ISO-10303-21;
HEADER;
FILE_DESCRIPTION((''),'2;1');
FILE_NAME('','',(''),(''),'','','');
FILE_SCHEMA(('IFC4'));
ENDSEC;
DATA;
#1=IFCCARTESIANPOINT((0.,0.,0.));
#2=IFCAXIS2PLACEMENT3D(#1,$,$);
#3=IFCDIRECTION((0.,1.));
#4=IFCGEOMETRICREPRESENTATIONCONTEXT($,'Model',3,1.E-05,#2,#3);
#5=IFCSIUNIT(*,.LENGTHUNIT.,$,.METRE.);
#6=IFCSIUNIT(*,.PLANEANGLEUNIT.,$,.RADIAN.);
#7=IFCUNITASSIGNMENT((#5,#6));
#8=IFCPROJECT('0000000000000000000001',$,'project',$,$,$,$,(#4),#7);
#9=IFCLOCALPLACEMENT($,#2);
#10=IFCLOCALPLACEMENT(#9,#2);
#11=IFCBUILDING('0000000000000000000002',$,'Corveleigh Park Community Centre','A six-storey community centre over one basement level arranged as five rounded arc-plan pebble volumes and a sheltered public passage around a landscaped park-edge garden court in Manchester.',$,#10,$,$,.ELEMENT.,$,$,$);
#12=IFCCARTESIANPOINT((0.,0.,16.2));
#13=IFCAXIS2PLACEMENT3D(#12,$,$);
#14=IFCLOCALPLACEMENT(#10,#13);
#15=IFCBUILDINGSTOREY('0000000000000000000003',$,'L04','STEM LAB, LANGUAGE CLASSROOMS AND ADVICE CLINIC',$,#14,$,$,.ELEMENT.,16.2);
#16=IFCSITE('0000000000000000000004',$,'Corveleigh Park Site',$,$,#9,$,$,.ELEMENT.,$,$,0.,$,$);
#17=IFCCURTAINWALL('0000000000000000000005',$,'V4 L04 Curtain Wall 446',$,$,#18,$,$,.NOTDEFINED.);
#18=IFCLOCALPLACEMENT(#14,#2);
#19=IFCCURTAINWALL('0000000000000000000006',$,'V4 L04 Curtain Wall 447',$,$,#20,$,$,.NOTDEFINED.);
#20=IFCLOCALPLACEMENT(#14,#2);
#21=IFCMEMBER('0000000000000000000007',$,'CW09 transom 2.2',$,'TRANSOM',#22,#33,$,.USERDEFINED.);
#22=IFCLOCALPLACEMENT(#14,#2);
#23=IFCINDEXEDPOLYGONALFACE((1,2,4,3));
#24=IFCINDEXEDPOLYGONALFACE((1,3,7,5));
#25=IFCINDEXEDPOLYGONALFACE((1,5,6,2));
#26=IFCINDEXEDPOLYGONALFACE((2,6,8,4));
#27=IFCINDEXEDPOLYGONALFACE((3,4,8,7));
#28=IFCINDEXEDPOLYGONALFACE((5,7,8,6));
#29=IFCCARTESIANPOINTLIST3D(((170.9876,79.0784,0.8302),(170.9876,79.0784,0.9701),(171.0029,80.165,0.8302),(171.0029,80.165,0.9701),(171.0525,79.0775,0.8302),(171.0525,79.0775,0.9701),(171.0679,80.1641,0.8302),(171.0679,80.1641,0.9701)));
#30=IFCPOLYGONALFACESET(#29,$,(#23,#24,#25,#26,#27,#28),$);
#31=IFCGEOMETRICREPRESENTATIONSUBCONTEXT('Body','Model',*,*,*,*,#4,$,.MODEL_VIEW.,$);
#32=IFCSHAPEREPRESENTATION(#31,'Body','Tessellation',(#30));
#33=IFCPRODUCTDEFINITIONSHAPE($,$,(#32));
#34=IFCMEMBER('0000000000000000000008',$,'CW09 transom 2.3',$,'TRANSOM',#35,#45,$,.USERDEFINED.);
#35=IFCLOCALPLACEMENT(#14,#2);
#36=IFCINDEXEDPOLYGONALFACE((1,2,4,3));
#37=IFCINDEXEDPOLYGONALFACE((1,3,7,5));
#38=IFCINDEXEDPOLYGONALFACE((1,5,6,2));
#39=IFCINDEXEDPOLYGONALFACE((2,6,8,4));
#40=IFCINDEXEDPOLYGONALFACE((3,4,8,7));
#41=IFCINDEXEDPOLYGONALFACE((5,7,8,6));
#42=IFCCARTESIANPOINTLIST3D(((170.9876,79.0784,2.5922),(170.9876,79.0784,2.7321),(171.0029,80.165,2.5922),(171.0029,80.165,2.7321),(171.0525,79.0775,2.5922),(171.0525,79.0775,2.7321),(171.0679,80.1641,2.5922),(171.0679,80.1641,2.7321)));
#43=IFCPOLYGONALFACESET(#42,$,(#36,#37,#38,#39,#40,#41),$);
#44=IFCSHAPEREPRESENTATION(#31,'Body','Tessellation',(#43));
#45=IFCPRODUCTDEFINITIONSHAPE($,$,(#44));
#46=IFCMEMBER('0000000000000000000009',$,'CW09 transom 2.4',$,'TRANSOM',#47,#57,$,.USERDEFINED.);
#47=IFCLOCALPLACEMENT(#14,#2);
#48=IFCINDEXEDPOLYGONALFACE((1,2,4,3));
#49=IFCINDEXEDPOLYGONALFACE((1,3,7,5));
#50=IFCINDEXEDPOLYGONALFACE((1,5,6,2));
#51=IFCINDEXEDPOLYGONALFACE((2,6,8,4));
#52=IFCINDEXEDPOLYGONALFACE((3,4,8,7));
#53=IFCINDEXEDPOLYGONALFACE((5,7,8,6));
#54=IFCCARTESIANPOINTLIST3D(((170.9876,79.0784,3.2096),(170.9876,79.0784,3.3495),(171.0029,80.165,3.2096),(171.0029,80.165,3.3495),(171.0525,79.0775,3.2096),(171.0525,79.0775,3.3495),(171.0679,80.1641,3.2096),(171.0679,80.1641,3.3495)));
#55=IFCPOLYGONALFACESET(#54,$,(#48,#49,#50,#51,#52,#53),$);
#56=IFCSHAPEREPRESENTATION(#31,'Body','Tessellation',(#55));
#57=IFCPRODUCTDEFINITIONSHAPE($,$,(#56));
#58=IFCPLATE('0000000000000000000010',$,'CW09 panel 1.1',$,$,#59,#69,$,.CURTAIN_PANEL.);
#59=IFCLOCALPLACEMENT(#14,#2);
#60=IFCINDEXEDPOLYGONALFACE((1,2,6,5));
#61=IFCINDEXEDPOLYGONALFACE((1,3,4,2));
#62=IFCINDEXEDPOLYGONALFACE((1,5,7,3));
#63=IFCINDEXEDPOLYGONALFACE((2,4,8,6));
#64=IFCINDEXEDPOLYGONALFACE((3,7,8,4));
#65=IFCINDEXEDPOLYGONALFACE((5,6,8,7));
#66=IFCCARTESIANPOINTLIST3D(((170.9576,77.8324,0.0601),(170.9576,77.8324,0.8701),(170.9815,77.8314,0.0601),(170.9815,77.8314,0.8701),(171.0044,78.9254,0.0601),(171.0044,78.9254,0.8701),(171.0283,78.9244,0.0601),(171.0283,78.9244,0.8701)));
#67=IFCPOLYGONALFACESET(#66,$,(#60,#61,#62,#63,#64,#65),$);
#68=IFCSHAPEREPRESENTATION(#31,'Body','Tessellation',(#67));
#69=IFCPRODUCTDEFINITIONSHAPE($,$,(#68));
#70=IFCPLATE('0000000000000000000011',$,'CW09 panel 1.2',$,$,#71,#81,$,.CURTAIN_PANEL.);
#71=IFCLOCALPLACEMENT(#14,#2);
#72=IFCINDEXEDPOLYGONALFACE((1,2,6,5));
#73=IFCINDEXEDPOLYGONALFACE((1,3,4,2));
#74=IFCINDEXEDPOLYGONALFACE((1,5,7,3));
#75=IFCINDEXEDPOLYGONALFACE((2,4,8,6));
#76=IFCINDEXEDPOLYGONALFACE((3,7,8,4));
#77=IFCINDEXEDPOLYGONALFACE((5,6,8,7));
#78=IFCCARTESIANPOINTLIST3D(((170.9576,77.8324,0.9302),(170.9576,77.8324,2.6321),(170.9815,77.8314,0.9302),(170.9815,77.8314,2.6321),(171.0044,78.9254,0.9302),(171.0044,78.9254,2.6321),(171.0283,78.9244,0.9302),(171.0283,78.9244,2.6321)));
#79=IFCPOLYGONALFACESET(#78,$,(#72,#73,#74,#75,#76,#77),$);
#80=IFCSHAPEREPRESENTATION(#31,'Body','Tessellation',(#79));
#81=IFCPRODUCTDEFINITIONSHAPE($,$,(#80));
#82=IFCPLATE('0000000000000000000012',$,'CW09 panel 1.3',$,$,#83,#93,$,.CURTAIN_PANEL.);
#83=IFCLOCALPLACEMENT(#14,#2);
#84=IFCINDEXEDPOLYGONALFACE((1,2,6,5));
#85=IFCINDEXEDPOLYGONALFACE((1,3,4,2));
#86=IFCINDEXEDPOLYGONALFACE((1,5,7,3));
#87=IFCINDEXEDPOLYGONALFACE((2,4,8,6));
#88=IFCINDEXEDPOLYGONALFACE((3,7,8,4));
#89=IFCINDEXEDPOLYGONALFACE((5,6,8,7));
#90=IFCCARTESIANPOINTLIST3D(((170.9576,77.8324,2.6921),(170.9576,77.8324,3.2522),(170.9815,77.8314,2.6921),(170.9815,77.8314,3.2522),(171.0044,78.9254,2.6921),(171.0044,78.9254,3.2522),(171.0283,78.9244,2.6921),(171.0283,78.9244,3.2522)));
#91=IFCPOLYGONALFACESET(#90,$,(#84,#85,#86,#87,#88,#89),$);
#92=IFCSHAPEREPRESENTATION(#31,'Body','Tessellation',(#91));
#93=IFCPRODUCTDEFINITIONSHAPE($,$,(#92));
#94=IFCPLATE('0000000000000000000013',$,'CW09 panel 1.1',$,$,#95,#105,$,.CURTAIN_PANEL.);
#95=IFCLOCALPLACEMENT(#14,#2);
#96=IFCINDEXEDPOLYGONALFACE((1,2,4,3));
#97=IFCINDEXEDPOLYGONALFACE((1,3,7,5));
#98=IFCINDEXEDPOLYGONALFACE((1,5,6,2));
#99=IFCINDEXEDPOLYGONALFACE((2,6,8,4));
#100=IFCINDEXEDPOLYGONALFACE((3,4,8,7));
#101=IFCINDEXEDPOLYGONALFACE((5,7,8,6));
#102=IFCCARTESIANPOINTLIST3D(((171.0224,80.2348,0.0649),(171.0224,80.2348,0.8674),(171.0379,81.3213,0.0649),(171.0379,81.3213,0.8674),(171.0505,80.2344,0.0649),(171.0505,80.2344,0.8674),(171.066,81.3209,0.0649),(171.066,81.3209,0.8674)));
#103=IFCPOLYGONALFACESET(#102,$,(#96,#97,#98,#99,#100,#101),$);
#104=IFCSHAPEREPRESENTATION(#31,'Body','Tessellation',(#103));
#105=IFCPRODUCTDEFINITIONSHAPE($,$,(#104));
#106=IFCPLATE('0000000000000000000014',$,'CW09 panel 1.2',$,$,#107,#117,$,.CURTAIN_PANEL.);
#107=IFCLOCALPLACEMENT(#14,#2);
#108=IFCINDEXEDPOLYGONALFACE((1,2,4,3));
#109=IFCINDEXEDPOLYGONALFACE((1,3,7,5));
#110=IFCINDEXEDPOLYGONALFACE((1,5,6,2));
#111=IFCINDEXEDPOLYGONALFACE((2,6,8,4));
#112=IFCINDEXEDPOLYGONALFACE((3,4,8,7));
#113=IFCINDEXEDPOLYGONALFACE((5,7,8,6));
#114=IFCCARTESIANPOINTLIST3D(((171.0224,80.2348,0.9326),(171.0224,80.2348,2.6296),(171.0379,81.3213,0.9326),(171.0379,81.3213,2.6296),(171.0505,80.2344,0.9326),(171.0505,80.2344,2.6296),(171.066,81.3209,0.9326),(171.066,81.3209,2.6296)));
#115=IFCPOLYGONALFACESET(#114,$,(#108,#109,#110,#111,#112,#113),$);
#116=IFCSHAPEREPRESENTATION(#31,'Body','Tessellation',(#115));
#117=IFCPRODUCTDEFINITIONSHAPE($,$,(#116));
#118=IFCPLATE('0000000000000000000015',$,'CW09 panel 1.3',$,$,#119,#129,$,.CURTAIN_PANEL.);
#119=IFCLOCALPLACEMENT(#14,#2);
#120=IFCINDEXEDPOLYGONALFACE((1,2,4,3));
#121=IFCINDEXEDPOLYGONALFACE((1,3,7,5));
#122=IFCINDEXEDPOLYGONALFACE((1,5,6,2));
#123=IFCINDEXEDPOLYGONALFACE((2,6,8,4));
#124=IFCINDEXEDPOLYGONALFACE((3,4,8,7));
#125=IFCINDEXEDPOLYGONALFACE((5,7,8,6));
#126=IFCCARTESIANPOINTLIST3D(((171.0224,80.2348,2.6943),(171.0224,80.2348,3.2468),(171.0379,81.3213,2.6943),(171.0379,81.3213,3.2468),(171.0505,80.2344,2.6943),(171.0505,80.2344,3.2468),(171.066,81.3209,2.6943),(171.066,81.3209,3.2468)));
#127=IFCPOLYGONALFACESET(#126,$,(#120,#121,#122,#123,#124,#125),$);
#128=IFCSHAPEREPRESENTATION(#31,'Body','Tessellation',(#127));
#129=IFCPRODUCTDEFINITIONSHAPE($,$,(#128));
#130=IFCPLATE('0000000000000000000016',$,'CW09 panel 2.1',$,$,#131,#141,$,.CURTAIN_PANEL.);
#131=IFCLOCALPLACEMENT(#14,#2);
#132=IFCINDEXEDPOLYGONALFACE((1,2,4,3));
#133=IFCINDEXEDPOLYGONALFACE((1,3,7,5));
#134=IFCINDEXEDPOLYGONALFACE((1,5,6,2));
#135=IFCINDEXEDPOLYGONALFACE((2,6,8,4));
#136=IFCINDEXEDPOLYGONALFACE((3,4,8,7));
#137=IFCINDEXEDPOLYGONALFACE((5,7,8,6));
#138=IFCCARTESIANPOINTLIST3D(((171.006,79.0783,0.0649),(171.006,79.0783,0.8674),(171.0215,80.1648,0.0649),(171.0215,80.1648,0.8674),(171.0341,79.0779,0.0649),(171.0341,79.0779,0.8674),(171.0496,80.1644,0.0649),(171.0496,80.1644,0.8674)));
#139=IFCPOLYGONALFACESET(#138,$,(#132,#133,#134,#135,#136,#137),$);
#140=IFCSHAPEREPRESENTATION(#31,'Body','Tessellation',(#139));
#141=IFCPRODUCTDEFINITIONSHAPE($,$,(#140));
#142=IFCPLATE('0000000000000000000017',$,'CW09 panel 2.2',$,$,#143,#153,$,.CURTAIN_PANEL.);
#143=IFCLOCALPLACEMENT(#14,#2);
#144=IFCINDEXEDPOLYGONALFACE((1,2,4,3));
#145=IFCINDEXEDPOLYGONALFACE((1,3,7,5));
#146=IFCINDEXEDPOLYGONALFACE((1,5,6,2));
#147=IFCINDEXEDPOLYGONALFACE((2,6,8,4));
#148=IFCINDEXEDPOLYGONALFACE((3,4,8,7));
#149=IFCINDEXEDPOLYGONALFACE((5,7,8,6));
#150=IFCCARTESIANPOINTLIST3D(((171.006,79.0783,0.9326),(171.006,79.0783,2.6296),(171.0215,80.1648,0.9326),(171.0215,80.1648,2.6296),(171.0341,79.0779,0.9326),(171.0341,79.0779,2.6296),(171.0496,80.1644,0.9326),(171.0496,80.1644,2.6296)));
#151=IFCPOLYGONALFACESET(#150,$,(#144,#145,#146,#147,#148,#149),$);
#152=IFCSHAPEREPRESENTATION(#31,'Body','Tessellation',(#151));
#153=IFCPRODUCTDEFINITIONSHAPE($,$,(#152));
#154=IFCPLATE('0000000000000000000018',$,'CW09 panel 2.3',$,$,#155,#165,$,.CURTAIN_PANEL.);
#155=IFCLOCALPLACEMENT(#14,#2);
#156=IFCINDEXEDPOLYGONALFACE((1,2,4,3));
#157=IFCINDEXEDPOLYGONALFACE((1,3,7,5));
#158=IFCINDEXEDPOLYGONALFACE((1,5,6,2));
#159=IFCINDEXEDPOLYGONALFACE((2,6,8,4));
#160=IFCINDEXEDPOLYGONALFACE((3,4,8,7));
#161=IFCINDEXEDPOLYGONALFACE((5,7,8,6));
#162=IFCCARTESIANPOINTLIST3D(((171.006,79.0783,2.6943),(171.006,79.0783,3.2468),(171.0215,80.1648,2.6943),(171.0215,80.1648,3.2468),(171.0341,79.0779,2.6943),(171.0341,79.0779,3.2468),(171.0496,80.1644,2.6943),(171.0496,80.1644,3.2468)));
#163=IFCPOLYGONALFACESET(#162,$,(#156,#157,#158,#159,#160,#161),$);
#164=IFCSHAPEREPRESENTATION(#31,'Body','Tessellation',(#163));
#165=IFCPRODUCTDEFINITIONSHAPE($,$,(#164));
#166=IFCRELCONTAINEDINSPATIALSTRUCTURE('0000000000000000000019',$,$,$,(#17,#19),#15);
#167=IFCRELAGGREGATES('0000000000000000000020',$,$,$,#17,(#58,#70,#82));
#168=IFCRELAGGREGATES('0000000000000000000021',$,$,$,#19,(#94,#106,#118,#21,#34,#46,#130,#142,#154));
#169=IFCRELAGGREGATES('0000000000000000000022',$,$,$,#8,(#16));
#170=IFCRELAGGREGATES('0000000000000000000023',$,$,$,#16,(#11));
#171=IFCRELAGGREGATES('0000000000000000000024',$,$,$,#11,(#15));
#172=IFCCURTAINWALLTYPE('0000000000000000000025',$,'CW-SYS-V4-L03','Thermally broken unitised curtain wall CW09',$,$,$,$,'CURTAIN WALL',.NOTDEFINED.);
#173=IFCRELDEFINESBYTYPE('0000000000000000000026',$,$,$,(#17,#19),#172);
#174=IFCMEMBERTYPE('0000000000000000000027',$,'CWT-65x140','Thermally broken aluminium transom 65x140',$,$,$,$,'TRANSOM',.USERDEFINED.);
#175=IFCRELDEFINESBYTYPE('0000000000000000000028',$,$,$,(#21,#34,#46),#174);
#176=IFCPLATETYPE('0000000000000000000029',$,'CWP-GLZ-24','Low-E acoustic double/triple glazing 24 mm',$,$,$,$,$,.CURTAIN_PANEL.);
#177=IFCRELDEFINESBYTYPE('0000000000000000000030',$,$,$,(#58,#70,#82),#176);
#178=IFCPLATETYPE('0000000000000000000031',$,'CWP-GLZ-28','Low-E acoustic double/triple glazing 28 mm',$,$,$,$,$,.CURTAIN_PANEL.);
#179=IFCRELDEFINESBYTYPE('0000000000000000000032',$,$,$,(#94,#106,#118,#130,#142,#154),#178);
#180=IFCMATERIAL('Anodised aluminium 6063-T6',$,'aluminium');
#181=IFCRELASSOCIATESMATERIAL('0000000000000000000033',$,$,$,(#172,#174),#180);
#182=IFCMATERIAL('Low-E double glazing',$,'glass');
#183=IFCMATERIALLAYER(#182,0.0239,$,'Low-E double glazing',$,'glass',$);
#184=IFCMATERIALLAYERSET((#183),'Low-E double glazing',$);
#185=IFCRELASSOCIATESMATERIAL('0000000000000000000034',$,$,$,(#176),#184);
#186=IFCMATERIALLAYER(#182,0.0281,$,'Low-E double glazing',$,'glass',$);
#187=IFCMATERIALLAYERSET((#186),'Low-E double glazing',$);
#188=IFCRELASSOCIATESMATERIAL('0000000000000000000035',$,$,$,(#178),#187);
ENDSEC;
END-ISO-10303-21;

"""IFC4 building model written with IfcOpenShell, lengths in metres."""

from ifc_helpers import new_model, si_unit, direction, frame, origin, origin_2d, place, context, subcontext, project, spatial, rectangle, extrude, material, layer, layer_set, material_profile, profile_set, type_object, element, aggregate, save


model = new_model("IFC4")

# Units and contexts
model_context = context("Model", 3, precision=1e-05, world=origin(), true_north=direction((0.0, 1.0)))
body_context = subcontext(model_context, "Body", "Model", "MODEL_VIEW")
ifc_project = project(units=[si_unit("LENGTHUNIT", "METRE"), si_unit("PLANEANGLEUNIT", "RADIAN")], contexts=[model_context])

# Site, building, storey
site_placement = place(None, origin())
site = spatial("IfcSite", under=ifc_project, at=site_placement, Name="Corveleigh Park Site", CompositionType="ELEMENT", RefElevation=0.0)
building_placement = place(site_placement, origin())
building = spatial("IfcBuilding", under=site, at=building_placement, Name="Corveleigh Park Community Centre", Description="A six-storey community centre over one basement level arranged as five rounded arc-plan pebble volumes and a sheltered public passage around a landscaped park-edge garden court in Manchester.", CompositionType="ELEMENT")
storey_placement = place(building_placement, frame((0.0, 0.0, 16.2)))
storey = spatial("IfcBuildingStorey", under=building, at=storey_placement, Name="L04", Description="STEM LAB, LANGUAGE CLASSROOMS AND ADVICE CLINIC", CompositionType="ELEMENT", Elevation=16.2)

# Curtain walls
ifc_material_1 = material(Name="Anodised aluminium 6063-T6", Category="aluminium")
curtain_wall_type = type_object("IfcCurtainWallType", Name="CW-SYS-V4-L03", Description="Thermally broken unitised curtain wall CW09", ElementType="CURTAIN WALL", PredefinedType="NOTDEFINED", material=ifc_material_1)
curtain_wall_1_placement = place(storey_placement, origin())
curtain_wall_1 = element("IfcCurtainWall", 1, at=curtain_wall_1_placement, inside=storey, type_object=curtain_wall_type, Name="V4 L04 Curtain Wall 446", PredefinedType="NOTDEFINED")
curtain_wall_2_placement = place(storey_placement, origin())
curtain_wall_2 = element("IfcCurtainWall", 2, at=curtain_wall_2_placement, inside=storey, type_object=curtain_wall_type, Name="V4 L04 Curtain Wall 447", PredefinedType="NOTDEFINED")

# Members
ifc_material_profile_1 = material_profile(ifc_material_1, rectangle(XDim=0.0649, YDim=0.1399, at=origin_2d()), Name="ALU-T65x140", Category="aluminium")
ifc_profile_set_1 = profile_set([ifc_material_profile_1], Name="Anodised aluminium 6063-T6")
member_type_1 = type_object("IfcMemberType", Name="CWT-65x140", Description="Thermally broken aluminium transom 65x140", ElementType="TRANSOM", PredefinedType="USERDEFINED", material=ifc_profile_set_1)
member_1_placement = place(storey_placement, frame((171.0354, 80.1646, 0.9001), z_axis=(-0.014153, -0.9999, 0.0), x_axis=(0.9999, -0.014153, 0.0)))
member_1 = element("IfcMember", 3, at=member_1_placement, type_object=member_type_1, Name="CW09 transom 2.2", ObjectType="TRANSOM", PredefinedType="USERDEFINED", context=body_context, shape_type="SweptSolid", body=[
    extrude(rectangle(XDim=0.0649, YDim=0.1399, at=origin_2d()), origin(), (0.0, 0.0, 1.0), 1.0867),
])
member_2_placement = place(storey_placement, frame((171.0354, 80.1646, 2.6621), z_axis=(-0.014153, -0.9999, 0.0), x_axis=(0.9999, -0.014153, 0.0)))
member_2 = element("IfcMember", 4, at=member_2_placement, type_object=member_type_1, Name="CW09 transom 2.3", ObjectType="TRANSOM", PredefinedType="USERDEFINED", context=body_context, shape_type="SweptSolid", body=[
    extrude(rectangle(XDim=0.0649, YDim=0.1399, at=origin_2d()), origin(), (0.0, 0.0, 1.0), 1.0867),
])
member_3_placement = place(storey_placement, frame((171.0354, 80.1646, 3.2795), z_axis=(-0.014153, -0.9999, 0.0), x_axis=(0.9999, -0.014153, 0.0)))
member_3 = element("IfcMember", 5, at=member_3_placement, type_object=member_type_1, Name="CW09 transom 2.4", ObjectType="TRANSOM", PredefinedType="USERDEFINED", context=body_context, shape_type="SweptSolid", body=[
    extrude(rectangle(XDim=0.0649, YDim=0.1399, at=origin_2d()), origin(), (0.0, 0.0, 1.0), 1.0867),
])

# Plates
ifc_material_2 = material(Name="Low-E double glazing", Category="glass")
ifc_layer_1 = layer(ifc_material_2, 0.0239, Name="Low-E double glazing", Category="glass")
ifc_layer_set_1 = layer_set([ifc_layer_1], Name="Low-E double glazing")
plate_type_1 = type_object("IfcPlateType", Name="CWP-GLZ-24", Description="Low-E acoustic double/triple glazing 24 mm", PredefinedType="CURTAIN_PANEL", material=ifc_layer_set_1)
plate_1_placement = place(storey_placement, frame((170.9929, 78.3784, 0.0601), z_axis=(0.0, 0.0, 1.0), x_axis=(-0.0428, -0.999084, 0.0)))
plate_1 = element("IfcPlate", 6, at=plate_1_placement, type_object=plate_type_1, Name="CW09 panel 1.1", PredefinedType="CURTAIN_PANEL", context=body_context, shape_type="SweptSolid", body=[
    extrude(rectangle(XDim=1.094, YDim=0.0239, at=origin_2d()), origin(), (0.0, 0.0, 1.0), 0.8101),
])
plate_2_placement = place(storey_placement, frame((170.9929, 78.3784, 0.9302), z_axis=(0.0, 0.0, 1.0), x_axis=(-0.0428, -0.999084, 0.0)))
plate_2 = element("IfcPlate", 7, at=plate_2_placement, type_object=plate_type_1, Name="CW09 panel 1.2", PredefinedType="CURTAIN_PANEL", context=body_context, shape_type="SweptSolid", body=[
    extrude(rectangle(XDim=1.094, YDim=0.0239, at=origin_2d()), origin(), (0.0, 0.0, 1.0), 1.7019),
])
plate_3_placement = place(storey_placement, frame((170.9929, 78.3784, 2.6921), z_axis=(0.0, 0.0, 1.0), x_axis=(-0.0428, -0.999084, 0.0)))
plate_3 = element("IfcPlate", 8, at=plate_3_placement, type_object=plate_type_1, Name="CW09 panel 1.3", PredefinedType="CURTAIN_PANEL", context=body_context, shape_type="SweptSolid", body=[
    extrude(rectangle(XDim=1.094, YDim=0.0239, at=origin_2d()), origin(), (0.0, 0.0, 1.0), 0.5601),
])
aggregate(curtain_wall_1, [plate_1, plate_2, plate_3])
ifc_layer_2 = layer(ifc_material_2, 0.0281, Name="Low-E double glazing", Category="glass")
ifc_layer_set_2 = layer_set([ifc_layer_2], Name="Low-E double glazing")
plate_type_2 = type_object("IfcPlateType", Name="CWP-GLZ-28", Description="Low-E acoustic double/triple glazing 28 mm", PredefinedType="CURTAIN_PANEL", material=ifc_layer_set_2)
plate_4_placement = place(storey_placement, frame((171.0442, 80.7778, 0.0649), z_axis=(0.0, 0.0, 1.0), x_axis=(-0.014266, -0.999898, 0.0)))
plate_4 = element("IfcPlate", 9, at=plate_4_placement, type_object=plate_type_2, Name="CW09 panel 1.1", PredefinedType="CURTAIN_PANEL", context=body_context, shape_type="SweptSolid", body=[
    extrude(rectangle(XDim=1.0867, YDim=0.0281, at=origin_2d()), origin(), (0.0, 0.0, 1.0), 0.8025),
])
plate_5_placement = place(storey_placement, frame((171.0442, 80.7778, 0.9326), z_axis=(0.0, 0.0, 1.0), x_axis=(-0.014266, -0.999898, 0.0)))
plate_5 = element("IfcPlate", 10, at=plate_5_placement, type_object=plate_type_2, Name="CW09 panel 1.2", PredefinedType="CURTAIN_PANEL", context=body_context, shape_type="SweptSolid", body=[
    extrude(rectangle(XDim=1.0867, YDim=0.0281, at=origin_2d()), origin(), (0.0, 0.0, 1.0), 1.697),
])
plate_6_placement = place(storey_placement, frame((171.0442, 80.7778, 2.6943), z_axis=(0.0, 0.0, 1.0), x_axis=(-0.014266, -0.999898, 0.0)))
plate_6 = element("IfcPlate", 11, at=plate_6_placement, type_object=plate_type_2, Name="CW09 panel 1.3", PredefinedType="CURTAIN_PANEL", context=body_context, shape_type="SweptSolid", body=[
    extrude(rectangle(XDim=1.0867, YDim=0.0281, at=origin_2d()), origin(), (0.0, 0.0, 1.0), 0.5525),
])
plate_7_placement = place(storey_placement, frame((171.0278, 79.6213, 0.0649), z_axis=(0.0, 0.0, 1.0), x_axis=(-0.014266, -0.999898, 0.0)))
plate_7 = element("IfcPlate", 12, at=plate_7_placement, type_object=plate_type_2, Name="CW09 panel 2.1", PredefinedType="CURTAIN_PANEL", context=body_context, shape_type="SweptSolid", body=[
    extrude(rectangle(XDim=1.0867, YDim=0.0281, at=origin_2d()), origin(), (0.0, 0.0, 1.0), 0.8025),
])
plate_8_placement = place(storey_placement, frame((171.0278, 79.6213, 0.9326), z_axis=(0.0, 0.0, 1.0), x_axis=(-0.014266, -0.999898, 0.0)))
plate_8 = element("IfcPlate", 13, at=plate_8_placement, type_object=plate_type_2, Name="CW09 panel 2.2", PredefinedType="CURTAIN_PANEL", context=body_context, shape_type="SweptSolid", body=[
    extrude(rectangle(XDim=1.0867, YDim=0.0281, at=origin_2d()), origin(), (0.0, 0.0, 1.0), 1.697),
])
plate_9_placement = place(storey_placement, frame((171.0278, 79.6213, 2.6943), z_axis=(0.0, 0.0, 1.0), x_axis=(-0.014266, -0.999898, 0.0)))
plate_9 = element("IfcPlate", 14, at=plate_9_placement, type_object=plate_type_2, Name="CW09 panel 2.3", PredefinedType="CURTAIN_PANEL", context=body_context, shape_type="SweptSolid", body=[
    extrude(rectangle(XDim=1.0867, YDim=0.0281, at=origin_2d()), origin(), (0.0, 0.0, 1.0), 0.5525),
])
aggregate(curtain_wall_2, [plate_4, plate_5, plate_6, member_1, member_2, member_3, plate_7, plate_8, plate_9])

save(model, "model.ifc")
